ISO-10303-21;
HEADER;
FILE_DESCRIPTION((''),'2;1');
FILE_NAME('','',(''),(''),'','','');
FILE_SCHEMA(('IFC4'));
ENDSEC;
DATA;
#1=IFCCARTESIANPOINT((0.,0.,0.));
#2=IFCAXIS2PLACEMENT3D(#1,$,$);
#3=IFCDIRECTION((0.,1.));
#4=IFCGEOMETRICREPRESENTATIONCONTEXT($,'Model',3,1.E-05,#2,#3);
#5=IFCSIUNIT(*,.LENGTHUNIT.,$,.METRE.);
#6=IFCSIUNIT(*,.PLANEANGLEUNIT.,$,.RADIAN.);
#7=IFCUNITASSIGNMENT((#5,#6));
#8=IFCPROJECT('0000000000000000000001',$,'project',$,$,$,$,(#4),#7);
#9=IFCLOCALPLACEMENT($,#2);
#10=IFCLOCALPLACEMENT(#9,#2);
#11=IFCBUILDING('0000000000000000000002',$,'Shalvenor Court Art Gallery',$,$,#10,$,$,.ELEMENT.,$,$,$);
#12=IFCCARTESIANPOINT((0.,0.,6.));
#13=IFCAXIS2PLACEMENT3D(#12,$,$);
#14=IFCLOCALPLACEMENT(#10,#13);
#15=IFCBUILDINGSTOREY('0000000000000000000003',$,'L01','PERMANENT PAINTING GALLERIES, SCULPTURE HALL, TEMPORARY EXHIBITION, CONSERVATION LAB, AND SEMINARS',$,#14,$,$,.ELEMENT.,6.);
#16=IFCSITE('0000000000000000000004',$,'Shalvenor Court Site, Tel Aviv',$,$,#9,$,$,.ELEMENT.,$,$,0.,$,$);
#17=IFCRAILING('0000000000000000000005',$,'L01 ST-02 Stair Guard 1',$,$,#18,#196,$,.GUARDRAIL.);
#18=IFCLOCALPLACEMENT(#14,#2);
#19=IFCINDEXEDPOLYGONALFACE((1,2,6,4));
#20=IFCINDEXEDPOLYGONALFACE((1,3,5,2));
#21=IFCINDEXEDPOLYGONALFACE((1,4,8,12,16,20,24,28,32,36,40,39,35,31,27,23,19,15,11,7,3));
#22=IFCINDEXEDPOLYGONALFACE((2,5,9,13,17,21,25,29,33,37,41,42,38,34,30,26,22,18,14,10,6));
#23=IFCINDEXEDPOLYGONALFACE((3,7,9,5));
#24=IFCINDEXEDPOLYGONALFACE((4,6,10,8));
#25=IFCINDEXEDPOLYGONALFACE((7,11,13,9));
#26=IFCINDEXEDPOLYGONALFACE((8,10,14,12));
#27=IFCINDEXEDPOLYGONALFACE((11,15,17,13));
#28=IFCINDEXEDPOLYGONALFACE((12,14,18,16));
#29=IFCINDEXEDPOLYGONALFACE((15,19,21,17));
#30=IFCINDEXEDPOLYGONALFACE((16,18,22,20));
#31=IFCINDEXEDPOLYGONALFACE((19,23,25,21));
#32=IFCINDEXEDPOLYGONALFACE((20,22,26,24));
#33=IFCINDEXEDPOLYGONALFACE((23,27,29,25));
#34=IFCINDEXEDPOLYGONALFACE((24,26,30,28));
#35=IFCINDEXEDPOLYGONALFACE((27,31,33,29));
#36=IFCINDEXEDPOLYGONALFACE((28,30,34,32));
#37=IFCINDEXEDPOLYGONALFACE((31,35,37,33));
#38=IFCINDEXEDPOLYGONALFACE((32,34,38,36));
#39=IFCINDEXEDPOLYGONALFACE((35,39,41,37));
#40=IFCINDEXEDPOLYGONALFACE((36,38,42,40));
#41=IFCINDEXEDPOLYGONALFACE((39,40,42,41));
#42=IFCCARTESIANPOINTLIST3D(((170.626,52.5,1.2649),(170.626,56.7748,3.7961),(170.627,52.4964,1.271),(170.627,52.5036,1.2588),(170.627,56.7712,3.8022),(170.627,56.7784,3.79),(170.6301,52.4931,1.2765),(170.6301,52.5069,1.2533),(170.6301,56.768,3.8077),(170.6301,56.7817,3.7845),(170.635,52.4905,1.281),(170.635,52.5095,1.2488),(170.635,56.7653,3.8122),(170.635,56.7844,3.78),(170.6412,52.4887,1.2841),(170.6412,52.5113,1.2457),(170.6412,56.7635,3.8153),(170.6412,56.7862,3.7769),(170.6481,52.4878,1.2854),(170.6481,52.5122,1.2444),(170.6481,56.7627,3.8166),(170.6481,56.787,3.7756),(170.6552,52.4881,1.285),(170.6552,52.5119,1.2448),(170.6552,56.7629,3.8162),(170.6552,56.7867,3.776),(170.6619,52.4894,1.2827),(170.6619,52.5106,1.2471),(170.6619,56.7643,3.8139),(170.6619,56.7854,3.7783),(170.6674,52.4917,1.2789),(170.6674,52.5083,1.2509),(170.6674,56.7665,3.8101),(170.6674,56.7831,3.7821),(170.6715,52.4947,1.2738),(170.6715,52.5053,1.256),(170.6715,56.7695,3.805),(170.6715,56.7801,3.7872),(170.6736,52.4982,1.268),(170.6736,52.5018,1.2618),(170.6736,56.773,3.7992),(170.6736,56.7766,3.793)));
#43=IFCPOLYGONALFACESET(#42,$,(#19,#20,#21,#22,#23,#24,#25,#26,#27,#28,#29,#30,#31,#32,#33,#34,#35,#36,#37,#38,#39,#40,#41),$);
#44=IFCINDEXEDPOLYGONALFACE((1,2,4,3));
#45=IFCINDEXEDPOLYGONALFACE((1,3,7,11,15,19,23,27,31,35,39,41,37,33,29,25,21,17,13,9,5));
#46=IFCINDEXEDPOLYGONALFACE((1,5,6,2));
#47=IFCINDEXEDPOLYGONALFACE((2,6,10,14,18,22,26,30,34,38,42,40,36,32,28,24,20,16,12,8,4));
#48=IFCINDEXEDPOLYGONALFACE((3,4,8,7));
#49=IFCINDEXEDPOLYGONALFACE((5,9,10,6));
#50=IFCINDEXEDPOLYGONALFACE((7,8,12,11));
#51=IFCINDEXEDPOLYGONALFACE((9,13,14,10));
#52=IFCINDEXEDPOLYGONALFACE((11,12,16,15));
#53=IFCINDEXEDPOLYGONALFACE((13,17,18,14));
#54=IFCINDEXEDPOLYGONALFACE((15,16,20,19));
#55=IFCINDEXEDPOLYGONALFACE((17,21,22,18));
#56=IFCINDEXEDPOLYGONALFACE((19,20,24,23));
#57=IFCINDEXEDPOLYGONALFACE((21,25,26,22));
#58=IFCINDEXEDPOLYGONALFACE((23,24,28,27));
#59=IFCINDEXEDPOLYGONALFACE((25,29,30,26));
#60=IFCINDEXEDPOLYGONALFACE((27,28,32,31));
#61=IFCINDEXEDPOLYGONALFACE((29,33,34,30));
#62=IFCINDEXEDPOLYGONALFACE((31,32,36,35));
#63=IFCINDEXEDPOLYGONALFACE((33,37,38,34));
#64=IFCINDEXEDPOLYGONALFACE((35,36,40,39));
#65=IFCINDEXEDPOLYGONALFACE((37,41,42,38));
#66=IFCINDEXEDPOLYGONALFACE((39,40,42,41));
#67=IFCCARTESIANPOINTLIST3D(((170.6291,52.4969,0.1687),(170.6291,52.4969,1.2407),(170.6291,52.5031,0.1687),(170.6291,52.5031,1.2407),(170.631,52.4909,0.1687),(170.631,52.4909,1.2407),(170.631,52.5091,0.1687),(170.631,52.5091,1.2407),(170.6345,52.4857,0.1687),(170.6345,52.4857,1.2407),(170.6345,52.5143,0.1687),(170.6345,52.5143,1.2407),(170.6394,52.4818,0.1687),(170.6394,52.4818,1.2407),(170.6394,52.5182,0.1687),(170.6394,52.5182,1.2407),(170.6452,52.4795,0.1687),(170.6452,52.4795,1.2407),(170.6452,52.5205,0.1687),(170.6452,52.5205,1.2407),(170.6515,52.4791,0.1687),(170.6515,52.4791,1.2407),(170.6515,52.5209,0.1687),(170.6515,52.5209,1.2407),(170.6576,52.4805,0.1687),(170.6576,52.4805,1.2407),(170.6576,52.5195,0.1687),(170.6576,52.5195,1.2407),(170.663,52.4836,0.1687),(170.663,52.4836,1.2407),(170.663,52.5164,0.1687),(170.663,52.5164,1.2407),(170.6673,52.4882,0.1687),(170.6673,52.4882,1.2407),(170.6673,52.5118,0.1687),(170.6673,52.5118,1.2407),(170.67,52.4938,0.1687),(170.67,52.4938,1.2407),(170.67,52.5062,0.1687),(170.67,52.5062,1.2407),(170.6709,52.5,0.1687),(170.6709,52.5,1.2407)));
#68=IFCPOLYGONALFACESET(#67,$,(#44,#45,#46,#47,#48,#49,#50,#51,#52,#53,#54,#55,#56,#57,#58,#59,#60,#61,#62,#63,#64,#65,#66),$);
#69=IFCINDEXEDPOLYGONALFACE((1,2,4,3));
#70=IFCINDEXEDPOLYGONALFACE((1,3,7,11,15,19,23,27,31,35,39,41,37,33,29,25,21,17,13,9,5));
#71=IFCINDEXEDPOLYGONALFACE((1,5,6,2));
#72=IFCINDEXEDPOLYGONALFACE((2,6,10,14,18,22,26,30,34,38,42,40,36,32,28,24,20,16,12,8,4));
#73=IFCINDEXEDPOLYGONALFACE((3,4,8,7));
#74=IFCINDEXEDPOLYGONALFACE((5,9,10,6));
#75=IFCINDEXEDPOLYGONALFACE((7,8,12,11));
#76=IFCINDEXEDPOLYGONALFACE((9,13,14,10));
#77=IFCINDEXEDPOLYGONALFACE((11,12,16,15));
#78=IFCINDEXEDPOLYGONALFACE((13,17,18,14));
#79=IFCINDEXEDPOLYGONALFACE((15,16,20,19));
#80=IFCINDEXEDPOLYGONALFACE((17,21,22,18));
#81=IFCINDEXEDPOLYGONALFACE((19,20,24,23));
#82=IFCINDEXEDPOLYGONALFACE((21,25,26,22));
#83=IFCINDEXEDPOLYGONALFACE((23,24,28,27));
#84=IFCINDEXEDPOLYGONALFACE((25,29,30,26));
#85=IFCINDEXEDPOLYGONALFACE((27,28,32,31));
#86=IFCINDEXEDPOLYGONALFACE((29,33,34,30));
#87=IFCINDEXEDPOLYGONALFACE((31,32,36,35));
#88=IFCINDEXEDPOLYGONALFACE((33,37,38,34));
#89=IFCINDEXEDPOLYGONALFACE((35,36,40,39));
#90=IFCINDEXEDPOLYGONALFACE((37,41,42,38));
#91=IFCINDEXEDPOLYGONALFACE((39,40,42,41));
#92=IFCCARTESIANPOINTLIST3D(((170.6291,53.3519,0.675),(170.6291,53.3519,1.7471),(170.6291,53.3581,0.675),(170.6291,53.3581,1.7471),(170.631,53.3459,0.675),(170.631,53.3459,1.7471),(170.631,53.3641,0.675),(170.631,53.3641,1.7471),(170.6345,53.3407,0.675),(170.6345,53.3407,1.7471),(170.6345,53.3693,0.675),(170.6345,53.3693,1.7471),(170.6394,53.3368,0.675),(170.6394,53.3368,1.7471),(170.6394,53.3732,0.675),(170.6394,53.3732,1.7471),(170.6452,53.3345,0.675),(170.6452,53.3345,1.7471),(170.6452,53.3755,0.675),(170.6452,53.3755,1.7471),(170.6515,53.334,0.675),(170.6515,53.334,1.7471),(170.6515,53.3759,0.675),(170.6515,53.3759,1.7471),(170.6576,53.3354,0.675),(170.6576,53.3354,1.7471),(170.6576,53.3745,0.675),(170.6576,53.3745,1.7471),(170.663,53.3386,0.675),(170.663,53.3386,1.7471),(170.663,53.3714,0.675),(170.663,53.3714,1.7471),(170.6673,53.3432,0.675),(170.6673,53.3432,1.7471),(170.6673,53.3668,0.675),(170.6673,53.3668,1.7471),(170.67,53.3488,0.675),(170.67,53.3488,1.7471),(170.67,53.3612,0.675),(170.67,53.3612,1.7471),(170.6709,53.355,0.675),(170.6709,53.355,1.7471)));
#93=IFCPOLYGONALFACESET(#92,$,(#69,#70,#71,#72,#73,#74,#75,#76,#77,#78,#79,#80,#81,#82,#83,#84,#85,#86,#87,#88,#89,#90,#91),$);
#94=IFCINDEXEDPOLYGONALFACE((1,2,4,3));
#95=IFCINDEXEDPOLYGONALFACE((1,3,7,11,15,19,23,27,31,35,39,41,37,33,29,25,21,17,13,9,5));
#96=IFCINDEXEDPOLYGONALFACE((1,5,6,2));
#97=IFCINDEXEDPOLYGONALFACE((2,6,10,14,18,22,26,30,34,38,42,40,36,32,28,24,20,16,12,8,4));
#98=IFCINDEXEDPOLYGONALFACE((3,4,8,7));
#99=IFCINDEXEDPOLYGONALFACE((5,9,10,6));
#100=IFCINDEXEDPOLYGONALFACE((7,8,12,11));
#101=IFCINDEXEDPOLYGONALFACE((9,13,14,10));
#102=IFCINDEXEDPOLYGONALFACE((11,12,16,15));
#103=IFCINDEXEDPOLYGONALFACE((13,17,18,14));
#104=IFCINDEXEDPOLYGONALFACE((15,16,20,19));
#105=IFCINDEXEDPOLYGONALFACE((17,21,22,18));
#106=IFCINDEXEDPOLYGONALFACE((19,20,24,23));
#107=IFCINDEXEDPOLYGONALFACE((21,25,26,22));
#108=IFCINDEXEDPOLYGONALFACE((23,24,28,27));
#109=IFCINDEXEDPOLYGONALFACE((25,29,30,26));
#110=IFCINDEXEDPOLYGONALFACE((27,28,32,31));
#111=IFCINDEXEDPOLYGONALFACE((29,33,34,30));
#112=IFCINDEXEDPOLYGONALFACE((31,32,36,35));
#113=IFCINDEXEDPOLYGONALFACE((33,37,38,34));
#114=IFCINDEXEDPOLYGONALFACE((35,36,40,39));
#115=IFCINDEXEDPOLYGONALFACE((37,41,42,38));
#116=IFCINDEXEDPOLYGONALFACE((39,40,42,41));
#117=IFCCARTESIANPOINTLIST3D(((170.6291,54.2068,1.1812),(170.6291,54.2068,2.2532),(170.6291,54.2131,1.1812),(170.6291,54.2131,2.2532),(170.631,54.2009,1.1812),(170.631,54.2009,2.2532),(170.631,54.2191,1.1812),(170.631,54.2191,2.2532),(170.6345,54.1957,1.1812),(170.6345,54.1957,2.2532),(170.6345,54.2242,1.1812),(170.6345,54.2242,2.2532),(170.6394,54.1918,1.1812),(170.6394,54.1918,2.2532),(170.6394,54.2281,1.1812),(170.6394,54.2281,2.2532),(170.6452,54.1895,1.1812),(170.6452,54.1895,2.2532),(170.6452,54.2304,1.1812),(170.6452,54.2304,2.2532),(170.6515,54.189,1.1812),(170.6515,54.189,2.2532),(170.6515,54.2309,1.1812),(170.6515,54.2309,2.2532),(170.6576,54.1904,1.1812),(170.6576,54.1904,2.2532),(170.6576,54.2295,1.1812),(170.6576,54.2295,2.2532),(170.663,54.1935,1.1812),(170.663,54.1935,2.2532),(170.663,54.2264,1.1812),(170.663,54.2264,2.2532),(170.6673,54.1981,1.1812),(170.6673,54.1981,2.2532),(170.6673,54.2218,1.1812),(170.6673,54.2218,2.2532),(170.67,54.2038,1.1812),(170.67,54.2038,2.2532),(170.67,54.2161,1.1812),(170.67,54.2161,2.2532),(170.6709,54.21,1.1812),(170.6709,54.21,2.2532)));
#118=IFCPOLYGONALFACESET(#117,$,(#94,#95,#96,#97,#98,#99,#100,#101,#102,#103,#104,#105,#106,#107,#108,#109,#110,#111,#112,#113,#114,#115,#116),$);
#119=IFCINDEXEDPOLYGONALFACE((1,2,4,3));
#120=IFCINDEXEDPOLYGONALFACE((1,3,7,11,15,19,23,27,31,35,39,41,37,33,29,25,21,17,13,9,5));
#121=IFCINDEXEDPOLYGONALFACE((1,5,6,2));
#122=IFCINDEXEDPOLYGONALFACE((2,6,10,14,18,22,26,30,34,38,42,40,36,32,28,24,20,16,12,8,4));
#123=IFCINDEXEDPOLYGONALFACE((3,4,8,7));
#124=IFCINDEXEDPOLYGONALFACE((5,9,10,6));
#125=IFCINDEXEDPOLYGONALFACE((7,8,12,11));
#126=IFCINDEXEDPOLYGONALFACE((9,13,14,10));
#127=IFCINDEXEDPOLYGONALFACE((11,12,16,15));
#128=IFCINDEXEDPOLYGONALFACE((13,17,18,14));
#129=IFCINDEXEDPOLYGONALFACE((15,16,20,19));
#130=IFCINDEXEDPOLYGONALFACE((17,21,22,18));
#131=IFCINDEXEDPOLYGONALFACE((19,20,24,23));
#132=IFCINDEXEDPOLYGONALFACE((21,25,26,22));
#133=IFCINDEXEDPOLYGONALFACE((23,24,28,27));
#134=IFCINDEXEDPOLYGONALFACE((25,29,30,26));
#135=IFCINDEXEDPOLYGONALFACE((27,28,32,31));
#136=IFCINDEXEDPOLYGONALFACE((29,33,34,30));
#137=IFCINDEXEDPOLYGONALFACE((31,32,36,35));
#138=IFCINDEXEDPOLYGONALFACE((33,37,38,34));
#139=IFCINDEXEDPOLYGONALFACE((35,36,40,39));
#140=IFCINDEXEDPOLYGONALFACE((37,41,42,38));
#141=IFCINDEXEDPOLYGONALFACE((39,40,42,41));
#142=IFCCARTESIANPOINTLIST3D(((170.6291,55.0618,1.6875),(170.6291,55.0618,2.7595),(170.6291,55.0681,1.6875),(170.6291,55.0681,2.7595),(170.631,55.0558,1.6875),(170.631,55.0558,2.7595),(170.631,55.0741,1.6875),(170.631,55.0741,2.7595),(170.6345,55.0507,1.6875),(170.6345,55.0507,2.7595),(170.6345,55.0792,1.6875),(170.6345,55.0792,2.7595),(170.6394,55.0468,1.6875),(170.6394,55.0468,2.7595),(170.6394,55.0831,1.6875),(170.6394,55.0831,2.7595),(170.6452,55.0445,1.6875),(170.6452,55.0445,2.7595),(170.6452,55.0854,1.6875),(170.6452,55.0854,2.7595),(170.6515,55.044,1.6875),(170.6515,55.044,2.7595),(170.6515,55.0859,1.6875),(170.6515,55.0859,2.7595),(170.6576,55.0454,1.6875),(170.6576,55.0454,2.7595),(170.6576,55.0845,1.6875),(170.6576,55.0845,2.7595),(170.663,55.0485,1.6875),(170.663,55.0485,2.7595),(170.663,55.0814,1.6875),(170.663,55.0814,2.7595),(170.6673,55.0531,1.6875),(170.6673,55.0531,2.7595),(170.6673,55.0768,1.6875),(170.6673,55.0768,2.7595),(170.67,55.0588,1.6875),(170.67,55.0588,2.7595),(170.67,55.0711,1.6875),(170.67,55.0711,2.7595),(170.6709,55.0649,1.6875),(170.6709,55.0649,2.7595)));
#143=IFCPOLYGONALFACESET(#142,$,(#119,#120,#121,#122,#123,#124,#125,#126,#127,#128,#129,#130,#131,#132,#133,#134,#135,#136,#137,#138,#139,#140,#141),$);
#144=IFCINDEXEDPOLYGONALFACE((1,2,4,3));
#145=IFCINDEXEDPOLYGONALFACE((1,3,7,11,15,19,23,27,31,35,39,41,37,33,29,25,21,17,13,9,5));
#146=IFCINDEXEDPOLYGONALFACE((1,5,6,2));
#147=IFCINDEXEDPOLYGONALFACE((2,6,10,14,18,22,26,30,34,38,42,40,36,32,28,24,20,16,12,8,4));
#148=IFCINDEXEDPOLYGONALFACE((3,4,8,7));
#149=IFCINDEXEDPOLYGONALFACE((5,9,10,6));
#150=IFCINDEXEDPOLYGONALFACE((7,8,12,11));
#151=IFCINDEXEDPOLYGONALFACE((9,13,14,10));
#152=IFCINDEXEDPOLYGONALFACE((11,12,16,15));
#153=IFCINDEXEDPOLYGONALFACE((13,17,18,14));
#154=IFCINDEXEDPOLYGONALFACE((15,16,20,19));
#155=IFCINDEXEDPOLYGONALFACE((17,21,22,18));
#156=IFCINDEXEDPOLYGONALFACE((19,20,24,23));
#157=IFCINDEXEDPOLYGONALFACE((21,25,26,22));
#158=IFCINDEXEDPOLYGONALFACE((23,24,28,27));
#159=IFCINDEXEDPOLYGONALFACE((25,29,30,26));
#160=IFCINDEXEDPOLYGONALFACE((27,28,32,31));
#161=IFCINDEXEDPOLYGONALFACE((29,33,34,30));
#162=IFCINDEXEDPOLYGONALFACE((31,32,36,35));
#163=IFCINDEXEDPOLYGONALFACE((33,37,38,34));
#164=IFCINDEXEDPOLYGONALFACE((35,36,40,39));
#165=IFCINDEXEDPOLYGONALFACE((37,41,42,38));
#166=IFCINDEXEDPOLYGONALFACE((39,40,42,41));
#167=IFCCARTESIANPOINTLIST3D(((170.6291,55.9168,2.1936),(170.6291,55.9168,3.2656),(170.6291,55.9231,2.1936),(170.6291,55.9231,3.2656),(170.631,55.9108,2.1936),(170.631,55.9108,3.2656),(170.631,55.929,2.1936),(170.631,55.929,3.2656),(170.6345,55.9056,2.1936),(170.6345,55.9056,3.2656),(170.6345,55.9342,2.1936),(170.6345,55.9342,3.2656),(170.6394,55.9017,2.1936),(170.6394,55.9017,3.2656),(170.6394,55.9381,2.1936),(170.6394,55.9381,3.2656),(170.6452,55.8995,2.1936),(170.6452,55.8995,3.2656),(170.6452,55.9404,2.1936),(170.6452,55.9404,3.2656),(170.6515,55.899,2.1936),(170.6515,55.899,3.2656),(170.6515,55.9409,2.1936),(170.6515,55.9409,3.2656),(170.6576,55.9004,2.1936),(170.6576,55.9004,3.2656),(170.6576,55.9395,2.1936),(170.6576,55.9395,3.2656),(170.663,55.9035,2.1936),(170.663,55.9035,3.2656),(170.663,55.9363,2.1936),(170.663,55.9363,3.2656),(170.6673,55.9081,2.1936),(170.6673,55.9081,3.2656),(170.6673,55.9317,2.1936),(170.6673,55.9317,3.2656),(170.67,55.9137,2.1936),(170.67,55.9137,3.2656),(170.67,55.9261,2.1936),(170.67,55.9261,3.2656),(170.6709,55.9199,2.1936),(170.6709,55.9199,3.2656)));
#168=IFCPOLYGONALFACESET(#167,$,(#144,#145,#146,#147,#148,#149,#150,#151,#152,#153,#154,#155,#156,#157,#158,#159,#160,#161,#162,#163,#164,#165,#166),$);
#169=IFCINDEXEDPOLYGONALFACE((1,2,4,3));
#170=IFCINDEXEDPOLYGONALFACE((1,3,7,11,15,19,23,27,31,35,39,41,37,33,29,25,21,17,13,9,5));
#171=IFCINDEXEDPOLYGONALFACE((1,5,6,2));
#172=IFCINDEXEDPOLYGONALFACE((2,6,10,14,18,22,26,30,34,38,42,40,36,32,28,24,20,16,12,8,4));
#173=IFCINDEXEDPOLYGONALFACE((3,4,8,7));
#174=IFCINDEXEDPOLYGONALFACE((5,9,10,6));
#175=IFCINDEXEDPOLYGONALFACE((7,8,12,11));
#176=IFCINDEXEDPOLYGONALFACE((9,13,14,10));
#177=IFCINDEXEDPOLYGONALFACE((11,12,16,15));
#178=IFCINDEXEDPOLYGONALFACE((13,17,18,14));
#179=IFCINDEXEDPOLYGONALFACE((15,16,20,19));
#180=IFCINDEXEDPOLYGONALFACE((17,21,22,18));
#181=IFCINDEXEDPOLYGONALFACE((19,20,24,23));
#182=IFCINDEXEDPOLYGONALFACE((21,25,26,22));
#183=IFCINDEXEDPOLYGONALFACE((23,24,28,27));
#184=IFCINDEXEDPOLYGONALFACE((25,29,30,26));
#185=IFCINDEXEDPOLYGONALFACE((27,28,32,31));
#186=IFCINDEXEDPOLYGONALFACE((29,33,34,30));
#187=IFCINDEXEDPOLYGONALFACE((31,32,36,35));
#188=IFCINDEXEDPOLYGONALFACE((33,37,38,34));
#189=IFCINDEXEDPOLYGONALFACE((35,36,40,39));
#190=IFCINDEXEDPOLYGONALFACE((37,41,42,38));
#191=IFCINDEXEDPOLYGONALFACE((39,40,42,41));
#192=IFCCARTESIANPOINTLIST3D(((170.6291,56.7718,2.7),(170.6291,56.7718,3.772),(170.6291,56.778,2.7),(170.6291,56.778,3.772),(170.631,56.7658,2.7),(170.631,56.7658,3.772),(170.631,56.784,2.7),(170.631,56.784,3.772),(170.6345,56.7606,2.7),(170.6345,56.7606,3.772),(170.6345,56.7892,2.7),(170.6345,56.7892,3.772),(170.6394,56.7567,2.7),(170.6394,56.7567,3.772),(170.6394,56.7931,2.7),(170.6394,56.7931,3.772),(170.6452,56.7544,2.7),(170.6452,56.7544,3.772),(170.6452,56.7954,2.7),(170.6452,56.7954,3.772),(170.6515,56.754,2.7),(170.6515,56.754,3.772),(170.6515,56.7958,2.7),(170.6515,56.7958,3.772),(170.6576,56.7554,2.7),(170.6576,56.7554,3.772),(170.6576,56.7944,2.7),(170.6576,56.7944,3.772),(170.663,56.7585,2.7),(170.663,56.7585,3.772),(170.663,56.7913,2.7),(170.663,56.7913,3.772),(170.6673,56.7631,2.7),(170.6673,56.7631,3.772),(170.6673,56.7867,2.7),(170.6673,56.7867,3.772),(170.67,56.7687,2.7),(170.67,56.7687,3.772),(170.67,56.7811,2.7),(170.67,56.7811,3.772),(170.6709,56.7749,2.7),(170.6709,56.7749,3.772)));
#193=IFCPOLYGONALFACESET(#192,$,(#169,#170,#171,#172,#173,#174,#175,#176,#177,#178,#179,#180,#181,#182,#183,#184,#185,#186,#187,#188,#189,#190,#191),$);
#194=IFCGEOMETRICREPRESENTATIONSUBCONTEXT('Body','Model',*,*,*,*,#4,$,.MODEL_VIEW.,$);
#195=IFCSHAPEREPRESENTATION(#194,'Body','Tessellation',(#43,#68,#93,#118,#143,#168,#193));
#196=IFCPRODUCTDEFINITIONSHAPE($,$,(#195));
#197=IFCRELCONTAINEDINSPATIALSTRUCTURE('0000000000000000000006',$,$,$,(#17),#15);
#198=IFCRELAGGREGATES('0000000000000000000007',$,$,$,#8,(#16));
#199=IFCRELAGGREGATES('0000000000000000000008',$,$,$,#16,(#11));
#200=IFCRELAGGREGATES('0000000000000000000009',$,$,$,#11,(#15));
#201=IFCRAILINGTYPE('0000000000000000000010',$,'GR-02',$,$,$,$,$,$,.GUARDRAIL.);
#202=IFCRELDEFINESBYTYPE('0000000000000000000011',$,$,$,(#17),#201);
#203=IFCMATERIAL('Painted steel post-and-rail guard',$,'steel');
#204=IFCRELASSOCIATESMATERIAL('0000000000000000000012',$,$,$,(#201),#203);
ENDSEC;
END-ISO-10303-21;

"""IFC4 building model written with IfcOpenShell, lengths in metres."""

from ifc_helpers import new_model, si_unit, direction, frame, origin, origin_2d, place, context, subcontext, project, spatial, circle, extrude, material, type_object, element, save


model = new_model("IFC4")

# Units and contexts
model_context = context("Model", 3, precision=1e-05, world=origin(), true_north=direction((0.0, 1.0)))
body_context = subcontext(model_context, "Body", "Model", "MODEL_VIEW")
ifc_project = project(units=[si_unit("LENGTHUNIT", "METRE"), si_unit("PLANEANGLEUNIT", "RADIAN")], contexts=[model_context])

# Site, building, storey
site_placement = place(None, origin())
site = spatial("IfcSite", under=ifc_project, at=site_placement, Name="Shalvenor Court Site, Tel Aviv", CompositionType="ELEMENT", RefElevation=0.0)
building_placement = place(site_placement, origin())
building = spatial("IfcBuilding", under=site, at=building_placement, Name="Shalvenor Court Art Gallery", CompositionType="ELEMENT")
storey_placement = place(building_placement, frame((0.0, 0.0, 6.0)))
storey = spatial("IfcBuildingStorey", under=building, at=storey_placement, Name="L01", Description="PERMANENT PAINTING GALLERIES, SCULPTURE HALL, TEMPORARY EXHIBITION, CONSERVATION LAB, AND SEMINARS", CompositionType="ELEMENT", Elevation=6.0)

# Railing
ifc_material_1 = material(Name="Painted steel post-and-rail guard", Category="steel")
railing_type_1 = type_object("IfcRailingType", Name="GR-02", PredefinedType="GUARDRAIL", material=ifc_material_1)
railing_1_placement = place(storey_placement, frame((170.6499, 52.5, 0.1687)))
element("IfcRailing", 1, at=railing_1_placement, inside=storey, type_object=railing_type_1, Name="L01 ST-02 Stair Guard 1", PredefinedType="GUARDRAIL", context=body_context, shape_type="SweptSolid", body=[
    extrude(circle(Radius=0.0239, at=origin_2d()), frame((0.0, 0.0, 1.0962), z_axis=(0.0, 0.86047, 0.509501), x_axis=(-1.0, 0.0, 0.0)), (0.0, 0.0, 1.0), 4.968),
    extrude(circle(Radius=0.021, at=origin_2d()), origin(), (0.0, 0.0, 1.0), 1.072),
    extrude(circle(Radius=0.021, at=origin_2d()), frame((0.0, 0.855, 0.5063)), (0.0, 0.0, 1.0), 1.072),
    extrude(circle(Radius=0.021, at=origin_2d()), frame((0.0, 1.71, 1.0125)), (0.0, 0.0, 1.0), 1.072),
    extrude(circle(Radius=0.021, at=origin_2d()), frame((0.0, 2.5649, 1.5188)), (0.0, 0.0, 1.0), 1.072),
    extrude(circle(Radius=0.021, at=origin_2d()), frame((0.0, 3.4199, 2.0249)), (0.0, 0.0, 1.0), 1.072),
    extrude(circle(Radius=0.021, at=origin_2d()), frame((0.0, 4.2749, 2.5312)), (0.0, 0.0, 1.0), 1.072),
])

save(model, "model.ifc")
